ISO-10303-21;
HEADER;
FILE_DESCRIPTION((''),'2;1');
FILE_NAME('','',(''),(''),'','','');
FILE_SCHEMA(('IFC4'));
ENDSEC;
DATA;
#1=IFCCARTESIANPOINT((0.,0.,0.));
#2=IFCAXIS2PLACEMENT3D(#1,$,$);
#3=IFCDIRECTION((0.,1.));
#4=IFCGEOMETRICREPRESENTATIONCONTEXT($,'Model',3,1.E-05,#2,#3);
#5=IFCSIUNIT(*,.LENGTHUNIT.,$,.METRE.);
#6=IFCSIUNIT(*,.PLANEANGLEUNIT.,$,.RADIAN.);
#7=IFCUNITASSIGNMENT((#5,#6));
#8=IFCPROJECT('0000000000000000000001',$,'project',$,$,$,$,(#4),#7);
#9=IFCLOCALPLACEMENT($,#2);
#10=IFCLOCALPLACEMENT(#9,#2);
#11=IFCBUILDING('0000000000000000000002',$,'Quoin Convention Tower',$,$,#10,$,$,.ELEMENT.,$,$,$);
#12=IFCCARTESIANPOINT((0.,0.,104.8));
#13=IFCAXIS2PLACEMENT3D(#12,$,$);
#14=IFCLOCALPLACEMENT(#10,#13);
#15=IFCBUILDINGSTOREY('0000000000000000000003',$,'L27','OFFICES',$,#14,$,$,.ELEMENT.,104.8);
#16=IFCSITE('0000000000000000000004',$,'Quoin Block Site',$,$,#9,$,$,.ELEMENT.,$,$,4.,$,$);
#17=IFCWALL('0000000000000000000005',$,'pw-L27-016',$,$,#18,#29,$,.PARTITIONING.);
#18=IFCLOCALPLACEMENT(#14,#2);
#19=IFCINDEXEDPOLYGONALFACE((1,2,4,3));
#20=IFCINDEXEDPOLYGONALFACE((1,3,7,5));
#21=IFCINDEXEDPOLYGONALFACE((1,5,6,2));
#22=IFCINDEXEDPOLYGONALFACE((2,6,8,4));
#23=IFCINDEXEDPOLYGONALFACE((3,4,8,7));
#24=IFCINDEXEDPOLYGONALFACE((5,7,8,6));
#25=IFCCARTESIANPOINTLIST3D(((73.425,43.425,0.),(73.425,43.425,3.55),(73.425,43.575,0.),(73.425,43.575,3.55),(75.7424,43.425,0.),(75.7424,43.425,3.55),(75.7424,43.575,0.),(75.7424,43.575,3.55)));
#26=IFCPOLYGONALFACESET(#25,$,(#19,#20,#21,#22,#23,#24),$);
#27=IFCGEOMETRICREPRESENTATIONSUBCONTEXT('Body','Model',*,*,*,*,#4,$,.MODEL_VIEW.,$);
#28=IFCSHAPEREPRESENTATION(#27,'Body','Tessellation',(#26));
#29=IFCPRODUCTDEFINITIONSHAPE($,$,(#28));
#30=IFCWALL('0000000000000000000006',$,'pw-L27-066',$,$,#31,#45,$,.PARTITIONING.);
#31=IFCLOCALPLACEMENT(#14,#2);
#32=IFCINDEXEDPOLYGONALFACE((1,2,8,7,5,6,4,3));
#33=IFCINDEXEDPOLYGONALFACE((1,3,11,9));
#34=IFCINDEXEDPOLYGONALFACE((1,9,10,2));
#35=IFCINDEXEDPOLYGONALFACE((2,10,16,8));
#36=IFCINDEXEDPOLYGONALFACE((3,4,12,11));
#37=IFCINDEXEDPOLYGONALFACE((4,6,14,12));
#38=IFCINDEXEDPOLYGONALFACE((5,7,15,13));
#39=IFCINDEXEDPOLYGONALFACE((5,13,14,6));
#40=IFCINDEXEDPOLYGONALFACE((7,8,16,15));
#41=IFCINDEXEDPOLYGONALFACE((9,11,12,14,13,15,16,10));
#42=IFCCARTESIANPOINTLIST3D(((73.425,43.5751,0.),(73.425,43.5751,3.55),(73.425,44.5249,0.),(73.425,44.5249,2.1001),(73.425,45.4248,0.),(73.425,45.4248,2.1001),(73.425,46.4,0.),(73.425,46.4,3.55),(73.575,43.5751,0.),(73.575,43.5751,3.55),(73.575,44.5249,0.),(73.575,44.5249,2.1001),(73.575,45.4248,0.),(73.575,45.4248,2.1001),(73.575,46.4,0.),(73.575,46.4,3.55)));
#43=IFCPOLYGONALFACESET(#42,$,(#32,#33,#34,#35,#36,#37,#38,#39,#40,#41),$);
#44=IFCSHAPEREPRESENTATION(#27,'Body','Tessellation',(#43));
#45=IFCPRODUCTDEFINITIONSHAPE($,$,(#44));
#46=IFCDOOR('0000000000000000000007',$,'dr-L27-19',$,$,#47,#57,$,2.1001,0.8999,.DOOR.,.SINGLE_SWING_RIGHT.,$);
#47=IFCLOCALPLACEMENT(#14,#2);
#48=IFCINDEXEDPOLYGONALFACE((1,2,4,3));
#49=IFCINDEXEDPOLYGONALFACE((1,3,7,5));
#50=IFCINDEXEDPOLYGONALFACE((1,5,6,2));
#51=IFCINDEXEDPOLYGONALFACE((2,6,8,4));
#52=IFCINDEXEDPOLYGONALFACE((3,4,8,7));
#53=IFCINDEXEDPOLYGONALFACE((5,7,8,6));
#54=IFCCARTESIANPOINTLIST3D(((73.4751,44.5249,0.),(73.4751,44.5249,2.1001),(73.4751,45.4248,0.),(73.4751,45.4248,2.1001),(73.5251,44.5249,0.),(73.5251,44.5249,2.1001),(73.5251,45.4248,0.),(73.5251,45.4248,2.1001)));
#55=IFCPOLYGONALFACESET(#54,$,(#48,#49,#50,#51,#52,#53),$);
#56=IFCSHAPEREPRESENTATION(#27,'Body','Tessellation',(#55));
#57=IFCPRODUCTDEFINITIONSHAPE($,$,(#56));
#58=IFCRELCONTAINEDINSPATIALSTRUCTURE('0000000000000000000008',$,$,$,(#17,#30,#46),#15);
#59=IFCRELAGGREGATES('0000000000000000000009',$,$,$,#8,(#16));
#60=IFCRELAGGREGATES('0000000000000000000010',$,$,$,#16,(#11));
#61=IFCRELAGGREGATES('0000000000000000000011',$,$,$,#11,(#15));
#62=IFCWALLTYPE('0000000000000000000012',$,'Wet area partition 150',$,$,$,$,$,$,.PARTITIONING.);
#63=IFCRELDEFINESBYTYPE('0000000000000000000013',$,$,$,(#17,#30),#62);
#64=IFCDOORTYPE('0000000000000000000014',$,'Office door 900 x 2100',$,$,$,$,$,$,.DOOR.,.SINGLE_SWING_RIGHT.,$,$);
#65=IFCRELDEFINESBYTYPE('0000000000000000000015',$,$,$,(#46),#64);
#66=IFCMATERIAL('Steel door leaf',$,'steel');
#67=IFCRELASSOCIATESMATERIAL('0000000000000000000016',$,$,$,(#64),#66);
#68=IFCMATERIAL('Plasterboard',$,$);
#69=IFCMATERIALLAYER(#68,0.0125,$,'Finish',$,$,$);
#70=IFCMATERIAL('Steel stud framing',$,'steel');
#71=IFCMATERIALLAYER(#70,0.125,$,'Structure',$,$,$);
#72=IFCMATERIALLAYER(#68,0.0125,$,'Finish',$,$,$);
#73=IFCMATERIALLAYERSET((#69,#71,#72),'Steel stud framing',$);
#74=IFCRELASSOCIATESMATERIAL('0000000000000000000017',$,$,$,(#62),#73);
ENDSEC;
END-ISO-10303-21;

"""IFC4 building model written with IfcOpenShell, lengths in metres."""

from ifc_helpers import new_model, si_unit, direction, frame, frame_2d, origin, place, context, subcontext, project, spatial, rectangle, extrude, material, layer, layer_set, type_object, element, fill, save


model = new_model("IFC4")

# Units and contexts
model_context = context("Model", 3, precision=1e-05, world=origin(), true_north=direction((0.0, 1.0)))
body_context = subcontext(model_context, "Body", "Model", "MODEL_VIEW")
ifc_project = project(units=[si_unit("LENGTHUNIT", "METRE"), si_unit("PLANEANGLEUNIT", "RADIAN")], contexts=[model_context])

# Site, building, storey
site_placement = place(None, origin())
site = spatial("IfcSite", under=ifc_project, at=site_placement, Name="Quoin Block Site", CompositionType="ELEMENT", RefElevation=4.0)
building_placement = place(site_placement, origin())
building = spatial("IfcBuilding", under=site, at=building_placement, Name="Quoin Convention Tower", CompositionType="ELEMENT")
storey_placement = place(building_placement, frame((0.0, 0.0, 104.8)))
storey = spatial("IfcBuildingStorey", under=building, at=storey_placement, Name="L27", Description="OFFICES", CompositionType="ELEMENT", Elevation=104.8)

# Shared definitions
ifc_material_1 = material(Name="Plasterboard")
ifc_material_2 = material(Name="Steel stud framing", Category="steel")
ifc_material_3 = material(Name="Steel door leaf", Category="steel")
door_type_1 = type_object("IfcDoorType", Name="Office door 900 x 2100", OperationType="SINGLE_SWING_RIGHT", PredefinedType="DOOR", material=ifc_material_3)

# Wall
ifc_layer_1 = layer(ifc_material_1, 0.0125, Name="Finish")
ifc_layer_2 = layer(ifc_material_2, 0.125, Name="Structure")
ifc_layer_3 = layer(ifc_material_1, 0.0125, Name="Finish")
ifc_layer_set_1 = layer_set([ifc_layer_1, ifc_layer_2, ifc_layer_3], Name="Steel stud framing")
wall_type_1 = type_object("IfcWallType", Name="Wet area partition 150", PredefinedType="PARTITIONING", material=ifc_layer_set_1)
wall_1_placement = place(storey_placement, frame((73.425, 43.5, 0.0), z_axis=(0.0, 0.0, 1.0), x_axis=(1.0, 0.0, 0.0)))
element("IfcWall", 1, at=wall_1_placement, inside=storey, type_object=wall_type_1, Name="pw-L27-016", PredefinedType="PARTITIONING", context=body_context, shape_type="SweptSolid", body=[
    extrude(rectangle(XDim=2.3174, YDim=0.1499, at=frame_2d((1.1587, 0.0))), origin(), (0.0, 0.0, 1.0), 3.55),
])

# Wall, opening, door
wall_2_placement = place(storey_placement, frame((73.5, 43.575, 0.0), z_axis=(0.0, 0.0, 1.0), x_axis=(0.0, 1.0, 0.0)))
wall_2 = element("IfcWall", 2, at=wall_2_placement, inside=storey, type_object=wall_type_1, Name="pw-L27-066", PredefinedType="PARTITIONING", context=body_context, shape_type="SweptSolid", body=[
    extrude(rectangle(XDim=2.825, YDim=0.1499, at=frame_2d((1.4126, 0.0))), origin(), (0.0, 0.0, 1.0), 3.55),
])
opening_1_placement = place(wall_2_placement, frame((0.95, 0.0, 0.0)))
opening_1 = element("IfcOpeningElement", 3, at=opening_1_placement, cuts=wall_2, PredefinedType="OPENING", context=body_context, shape_type="SweptSolid", body=[
    extrude(rectangle(XDim=0.8999, YDim=2.1001, at=frame_2d((0.45, 1.05))), frame((0.0, 0.085, 0.0), z_axis=(0.0, -1.0, 0.0), x_axis=(1.0, 0.0, 0.0)), (0.0, 0.0, 1.0), 0.1699),
])
door_1_placement = place(opening_1_placement, origin())
door_1 = element("IfcDoor", 4, at=door_1_placement, inside=storey, type_object=door_type_1, Name="dr-L27-19", OperationType="SINGLE_SWING_RIGHT", OverallHeight=2.1001, OverallWidth=0.8999, PredefinedType="DOOR", context=body_context, shape_type="SweptSolid", body=[
    extrude(rectangle(XDim=0.8999, YDim=2.1001, at=frame_2d((0.45, 1.05))), frame((0.0, 0.0249, 0.0), z_axis=(0.0, -1.0, 0.0), x_axis=(1.0, 0.0, 0.0)), (0.0, 0.0, 1.0), 0.05),
])
fill(opening_1, door_1)

save(model, "model.ifc")
